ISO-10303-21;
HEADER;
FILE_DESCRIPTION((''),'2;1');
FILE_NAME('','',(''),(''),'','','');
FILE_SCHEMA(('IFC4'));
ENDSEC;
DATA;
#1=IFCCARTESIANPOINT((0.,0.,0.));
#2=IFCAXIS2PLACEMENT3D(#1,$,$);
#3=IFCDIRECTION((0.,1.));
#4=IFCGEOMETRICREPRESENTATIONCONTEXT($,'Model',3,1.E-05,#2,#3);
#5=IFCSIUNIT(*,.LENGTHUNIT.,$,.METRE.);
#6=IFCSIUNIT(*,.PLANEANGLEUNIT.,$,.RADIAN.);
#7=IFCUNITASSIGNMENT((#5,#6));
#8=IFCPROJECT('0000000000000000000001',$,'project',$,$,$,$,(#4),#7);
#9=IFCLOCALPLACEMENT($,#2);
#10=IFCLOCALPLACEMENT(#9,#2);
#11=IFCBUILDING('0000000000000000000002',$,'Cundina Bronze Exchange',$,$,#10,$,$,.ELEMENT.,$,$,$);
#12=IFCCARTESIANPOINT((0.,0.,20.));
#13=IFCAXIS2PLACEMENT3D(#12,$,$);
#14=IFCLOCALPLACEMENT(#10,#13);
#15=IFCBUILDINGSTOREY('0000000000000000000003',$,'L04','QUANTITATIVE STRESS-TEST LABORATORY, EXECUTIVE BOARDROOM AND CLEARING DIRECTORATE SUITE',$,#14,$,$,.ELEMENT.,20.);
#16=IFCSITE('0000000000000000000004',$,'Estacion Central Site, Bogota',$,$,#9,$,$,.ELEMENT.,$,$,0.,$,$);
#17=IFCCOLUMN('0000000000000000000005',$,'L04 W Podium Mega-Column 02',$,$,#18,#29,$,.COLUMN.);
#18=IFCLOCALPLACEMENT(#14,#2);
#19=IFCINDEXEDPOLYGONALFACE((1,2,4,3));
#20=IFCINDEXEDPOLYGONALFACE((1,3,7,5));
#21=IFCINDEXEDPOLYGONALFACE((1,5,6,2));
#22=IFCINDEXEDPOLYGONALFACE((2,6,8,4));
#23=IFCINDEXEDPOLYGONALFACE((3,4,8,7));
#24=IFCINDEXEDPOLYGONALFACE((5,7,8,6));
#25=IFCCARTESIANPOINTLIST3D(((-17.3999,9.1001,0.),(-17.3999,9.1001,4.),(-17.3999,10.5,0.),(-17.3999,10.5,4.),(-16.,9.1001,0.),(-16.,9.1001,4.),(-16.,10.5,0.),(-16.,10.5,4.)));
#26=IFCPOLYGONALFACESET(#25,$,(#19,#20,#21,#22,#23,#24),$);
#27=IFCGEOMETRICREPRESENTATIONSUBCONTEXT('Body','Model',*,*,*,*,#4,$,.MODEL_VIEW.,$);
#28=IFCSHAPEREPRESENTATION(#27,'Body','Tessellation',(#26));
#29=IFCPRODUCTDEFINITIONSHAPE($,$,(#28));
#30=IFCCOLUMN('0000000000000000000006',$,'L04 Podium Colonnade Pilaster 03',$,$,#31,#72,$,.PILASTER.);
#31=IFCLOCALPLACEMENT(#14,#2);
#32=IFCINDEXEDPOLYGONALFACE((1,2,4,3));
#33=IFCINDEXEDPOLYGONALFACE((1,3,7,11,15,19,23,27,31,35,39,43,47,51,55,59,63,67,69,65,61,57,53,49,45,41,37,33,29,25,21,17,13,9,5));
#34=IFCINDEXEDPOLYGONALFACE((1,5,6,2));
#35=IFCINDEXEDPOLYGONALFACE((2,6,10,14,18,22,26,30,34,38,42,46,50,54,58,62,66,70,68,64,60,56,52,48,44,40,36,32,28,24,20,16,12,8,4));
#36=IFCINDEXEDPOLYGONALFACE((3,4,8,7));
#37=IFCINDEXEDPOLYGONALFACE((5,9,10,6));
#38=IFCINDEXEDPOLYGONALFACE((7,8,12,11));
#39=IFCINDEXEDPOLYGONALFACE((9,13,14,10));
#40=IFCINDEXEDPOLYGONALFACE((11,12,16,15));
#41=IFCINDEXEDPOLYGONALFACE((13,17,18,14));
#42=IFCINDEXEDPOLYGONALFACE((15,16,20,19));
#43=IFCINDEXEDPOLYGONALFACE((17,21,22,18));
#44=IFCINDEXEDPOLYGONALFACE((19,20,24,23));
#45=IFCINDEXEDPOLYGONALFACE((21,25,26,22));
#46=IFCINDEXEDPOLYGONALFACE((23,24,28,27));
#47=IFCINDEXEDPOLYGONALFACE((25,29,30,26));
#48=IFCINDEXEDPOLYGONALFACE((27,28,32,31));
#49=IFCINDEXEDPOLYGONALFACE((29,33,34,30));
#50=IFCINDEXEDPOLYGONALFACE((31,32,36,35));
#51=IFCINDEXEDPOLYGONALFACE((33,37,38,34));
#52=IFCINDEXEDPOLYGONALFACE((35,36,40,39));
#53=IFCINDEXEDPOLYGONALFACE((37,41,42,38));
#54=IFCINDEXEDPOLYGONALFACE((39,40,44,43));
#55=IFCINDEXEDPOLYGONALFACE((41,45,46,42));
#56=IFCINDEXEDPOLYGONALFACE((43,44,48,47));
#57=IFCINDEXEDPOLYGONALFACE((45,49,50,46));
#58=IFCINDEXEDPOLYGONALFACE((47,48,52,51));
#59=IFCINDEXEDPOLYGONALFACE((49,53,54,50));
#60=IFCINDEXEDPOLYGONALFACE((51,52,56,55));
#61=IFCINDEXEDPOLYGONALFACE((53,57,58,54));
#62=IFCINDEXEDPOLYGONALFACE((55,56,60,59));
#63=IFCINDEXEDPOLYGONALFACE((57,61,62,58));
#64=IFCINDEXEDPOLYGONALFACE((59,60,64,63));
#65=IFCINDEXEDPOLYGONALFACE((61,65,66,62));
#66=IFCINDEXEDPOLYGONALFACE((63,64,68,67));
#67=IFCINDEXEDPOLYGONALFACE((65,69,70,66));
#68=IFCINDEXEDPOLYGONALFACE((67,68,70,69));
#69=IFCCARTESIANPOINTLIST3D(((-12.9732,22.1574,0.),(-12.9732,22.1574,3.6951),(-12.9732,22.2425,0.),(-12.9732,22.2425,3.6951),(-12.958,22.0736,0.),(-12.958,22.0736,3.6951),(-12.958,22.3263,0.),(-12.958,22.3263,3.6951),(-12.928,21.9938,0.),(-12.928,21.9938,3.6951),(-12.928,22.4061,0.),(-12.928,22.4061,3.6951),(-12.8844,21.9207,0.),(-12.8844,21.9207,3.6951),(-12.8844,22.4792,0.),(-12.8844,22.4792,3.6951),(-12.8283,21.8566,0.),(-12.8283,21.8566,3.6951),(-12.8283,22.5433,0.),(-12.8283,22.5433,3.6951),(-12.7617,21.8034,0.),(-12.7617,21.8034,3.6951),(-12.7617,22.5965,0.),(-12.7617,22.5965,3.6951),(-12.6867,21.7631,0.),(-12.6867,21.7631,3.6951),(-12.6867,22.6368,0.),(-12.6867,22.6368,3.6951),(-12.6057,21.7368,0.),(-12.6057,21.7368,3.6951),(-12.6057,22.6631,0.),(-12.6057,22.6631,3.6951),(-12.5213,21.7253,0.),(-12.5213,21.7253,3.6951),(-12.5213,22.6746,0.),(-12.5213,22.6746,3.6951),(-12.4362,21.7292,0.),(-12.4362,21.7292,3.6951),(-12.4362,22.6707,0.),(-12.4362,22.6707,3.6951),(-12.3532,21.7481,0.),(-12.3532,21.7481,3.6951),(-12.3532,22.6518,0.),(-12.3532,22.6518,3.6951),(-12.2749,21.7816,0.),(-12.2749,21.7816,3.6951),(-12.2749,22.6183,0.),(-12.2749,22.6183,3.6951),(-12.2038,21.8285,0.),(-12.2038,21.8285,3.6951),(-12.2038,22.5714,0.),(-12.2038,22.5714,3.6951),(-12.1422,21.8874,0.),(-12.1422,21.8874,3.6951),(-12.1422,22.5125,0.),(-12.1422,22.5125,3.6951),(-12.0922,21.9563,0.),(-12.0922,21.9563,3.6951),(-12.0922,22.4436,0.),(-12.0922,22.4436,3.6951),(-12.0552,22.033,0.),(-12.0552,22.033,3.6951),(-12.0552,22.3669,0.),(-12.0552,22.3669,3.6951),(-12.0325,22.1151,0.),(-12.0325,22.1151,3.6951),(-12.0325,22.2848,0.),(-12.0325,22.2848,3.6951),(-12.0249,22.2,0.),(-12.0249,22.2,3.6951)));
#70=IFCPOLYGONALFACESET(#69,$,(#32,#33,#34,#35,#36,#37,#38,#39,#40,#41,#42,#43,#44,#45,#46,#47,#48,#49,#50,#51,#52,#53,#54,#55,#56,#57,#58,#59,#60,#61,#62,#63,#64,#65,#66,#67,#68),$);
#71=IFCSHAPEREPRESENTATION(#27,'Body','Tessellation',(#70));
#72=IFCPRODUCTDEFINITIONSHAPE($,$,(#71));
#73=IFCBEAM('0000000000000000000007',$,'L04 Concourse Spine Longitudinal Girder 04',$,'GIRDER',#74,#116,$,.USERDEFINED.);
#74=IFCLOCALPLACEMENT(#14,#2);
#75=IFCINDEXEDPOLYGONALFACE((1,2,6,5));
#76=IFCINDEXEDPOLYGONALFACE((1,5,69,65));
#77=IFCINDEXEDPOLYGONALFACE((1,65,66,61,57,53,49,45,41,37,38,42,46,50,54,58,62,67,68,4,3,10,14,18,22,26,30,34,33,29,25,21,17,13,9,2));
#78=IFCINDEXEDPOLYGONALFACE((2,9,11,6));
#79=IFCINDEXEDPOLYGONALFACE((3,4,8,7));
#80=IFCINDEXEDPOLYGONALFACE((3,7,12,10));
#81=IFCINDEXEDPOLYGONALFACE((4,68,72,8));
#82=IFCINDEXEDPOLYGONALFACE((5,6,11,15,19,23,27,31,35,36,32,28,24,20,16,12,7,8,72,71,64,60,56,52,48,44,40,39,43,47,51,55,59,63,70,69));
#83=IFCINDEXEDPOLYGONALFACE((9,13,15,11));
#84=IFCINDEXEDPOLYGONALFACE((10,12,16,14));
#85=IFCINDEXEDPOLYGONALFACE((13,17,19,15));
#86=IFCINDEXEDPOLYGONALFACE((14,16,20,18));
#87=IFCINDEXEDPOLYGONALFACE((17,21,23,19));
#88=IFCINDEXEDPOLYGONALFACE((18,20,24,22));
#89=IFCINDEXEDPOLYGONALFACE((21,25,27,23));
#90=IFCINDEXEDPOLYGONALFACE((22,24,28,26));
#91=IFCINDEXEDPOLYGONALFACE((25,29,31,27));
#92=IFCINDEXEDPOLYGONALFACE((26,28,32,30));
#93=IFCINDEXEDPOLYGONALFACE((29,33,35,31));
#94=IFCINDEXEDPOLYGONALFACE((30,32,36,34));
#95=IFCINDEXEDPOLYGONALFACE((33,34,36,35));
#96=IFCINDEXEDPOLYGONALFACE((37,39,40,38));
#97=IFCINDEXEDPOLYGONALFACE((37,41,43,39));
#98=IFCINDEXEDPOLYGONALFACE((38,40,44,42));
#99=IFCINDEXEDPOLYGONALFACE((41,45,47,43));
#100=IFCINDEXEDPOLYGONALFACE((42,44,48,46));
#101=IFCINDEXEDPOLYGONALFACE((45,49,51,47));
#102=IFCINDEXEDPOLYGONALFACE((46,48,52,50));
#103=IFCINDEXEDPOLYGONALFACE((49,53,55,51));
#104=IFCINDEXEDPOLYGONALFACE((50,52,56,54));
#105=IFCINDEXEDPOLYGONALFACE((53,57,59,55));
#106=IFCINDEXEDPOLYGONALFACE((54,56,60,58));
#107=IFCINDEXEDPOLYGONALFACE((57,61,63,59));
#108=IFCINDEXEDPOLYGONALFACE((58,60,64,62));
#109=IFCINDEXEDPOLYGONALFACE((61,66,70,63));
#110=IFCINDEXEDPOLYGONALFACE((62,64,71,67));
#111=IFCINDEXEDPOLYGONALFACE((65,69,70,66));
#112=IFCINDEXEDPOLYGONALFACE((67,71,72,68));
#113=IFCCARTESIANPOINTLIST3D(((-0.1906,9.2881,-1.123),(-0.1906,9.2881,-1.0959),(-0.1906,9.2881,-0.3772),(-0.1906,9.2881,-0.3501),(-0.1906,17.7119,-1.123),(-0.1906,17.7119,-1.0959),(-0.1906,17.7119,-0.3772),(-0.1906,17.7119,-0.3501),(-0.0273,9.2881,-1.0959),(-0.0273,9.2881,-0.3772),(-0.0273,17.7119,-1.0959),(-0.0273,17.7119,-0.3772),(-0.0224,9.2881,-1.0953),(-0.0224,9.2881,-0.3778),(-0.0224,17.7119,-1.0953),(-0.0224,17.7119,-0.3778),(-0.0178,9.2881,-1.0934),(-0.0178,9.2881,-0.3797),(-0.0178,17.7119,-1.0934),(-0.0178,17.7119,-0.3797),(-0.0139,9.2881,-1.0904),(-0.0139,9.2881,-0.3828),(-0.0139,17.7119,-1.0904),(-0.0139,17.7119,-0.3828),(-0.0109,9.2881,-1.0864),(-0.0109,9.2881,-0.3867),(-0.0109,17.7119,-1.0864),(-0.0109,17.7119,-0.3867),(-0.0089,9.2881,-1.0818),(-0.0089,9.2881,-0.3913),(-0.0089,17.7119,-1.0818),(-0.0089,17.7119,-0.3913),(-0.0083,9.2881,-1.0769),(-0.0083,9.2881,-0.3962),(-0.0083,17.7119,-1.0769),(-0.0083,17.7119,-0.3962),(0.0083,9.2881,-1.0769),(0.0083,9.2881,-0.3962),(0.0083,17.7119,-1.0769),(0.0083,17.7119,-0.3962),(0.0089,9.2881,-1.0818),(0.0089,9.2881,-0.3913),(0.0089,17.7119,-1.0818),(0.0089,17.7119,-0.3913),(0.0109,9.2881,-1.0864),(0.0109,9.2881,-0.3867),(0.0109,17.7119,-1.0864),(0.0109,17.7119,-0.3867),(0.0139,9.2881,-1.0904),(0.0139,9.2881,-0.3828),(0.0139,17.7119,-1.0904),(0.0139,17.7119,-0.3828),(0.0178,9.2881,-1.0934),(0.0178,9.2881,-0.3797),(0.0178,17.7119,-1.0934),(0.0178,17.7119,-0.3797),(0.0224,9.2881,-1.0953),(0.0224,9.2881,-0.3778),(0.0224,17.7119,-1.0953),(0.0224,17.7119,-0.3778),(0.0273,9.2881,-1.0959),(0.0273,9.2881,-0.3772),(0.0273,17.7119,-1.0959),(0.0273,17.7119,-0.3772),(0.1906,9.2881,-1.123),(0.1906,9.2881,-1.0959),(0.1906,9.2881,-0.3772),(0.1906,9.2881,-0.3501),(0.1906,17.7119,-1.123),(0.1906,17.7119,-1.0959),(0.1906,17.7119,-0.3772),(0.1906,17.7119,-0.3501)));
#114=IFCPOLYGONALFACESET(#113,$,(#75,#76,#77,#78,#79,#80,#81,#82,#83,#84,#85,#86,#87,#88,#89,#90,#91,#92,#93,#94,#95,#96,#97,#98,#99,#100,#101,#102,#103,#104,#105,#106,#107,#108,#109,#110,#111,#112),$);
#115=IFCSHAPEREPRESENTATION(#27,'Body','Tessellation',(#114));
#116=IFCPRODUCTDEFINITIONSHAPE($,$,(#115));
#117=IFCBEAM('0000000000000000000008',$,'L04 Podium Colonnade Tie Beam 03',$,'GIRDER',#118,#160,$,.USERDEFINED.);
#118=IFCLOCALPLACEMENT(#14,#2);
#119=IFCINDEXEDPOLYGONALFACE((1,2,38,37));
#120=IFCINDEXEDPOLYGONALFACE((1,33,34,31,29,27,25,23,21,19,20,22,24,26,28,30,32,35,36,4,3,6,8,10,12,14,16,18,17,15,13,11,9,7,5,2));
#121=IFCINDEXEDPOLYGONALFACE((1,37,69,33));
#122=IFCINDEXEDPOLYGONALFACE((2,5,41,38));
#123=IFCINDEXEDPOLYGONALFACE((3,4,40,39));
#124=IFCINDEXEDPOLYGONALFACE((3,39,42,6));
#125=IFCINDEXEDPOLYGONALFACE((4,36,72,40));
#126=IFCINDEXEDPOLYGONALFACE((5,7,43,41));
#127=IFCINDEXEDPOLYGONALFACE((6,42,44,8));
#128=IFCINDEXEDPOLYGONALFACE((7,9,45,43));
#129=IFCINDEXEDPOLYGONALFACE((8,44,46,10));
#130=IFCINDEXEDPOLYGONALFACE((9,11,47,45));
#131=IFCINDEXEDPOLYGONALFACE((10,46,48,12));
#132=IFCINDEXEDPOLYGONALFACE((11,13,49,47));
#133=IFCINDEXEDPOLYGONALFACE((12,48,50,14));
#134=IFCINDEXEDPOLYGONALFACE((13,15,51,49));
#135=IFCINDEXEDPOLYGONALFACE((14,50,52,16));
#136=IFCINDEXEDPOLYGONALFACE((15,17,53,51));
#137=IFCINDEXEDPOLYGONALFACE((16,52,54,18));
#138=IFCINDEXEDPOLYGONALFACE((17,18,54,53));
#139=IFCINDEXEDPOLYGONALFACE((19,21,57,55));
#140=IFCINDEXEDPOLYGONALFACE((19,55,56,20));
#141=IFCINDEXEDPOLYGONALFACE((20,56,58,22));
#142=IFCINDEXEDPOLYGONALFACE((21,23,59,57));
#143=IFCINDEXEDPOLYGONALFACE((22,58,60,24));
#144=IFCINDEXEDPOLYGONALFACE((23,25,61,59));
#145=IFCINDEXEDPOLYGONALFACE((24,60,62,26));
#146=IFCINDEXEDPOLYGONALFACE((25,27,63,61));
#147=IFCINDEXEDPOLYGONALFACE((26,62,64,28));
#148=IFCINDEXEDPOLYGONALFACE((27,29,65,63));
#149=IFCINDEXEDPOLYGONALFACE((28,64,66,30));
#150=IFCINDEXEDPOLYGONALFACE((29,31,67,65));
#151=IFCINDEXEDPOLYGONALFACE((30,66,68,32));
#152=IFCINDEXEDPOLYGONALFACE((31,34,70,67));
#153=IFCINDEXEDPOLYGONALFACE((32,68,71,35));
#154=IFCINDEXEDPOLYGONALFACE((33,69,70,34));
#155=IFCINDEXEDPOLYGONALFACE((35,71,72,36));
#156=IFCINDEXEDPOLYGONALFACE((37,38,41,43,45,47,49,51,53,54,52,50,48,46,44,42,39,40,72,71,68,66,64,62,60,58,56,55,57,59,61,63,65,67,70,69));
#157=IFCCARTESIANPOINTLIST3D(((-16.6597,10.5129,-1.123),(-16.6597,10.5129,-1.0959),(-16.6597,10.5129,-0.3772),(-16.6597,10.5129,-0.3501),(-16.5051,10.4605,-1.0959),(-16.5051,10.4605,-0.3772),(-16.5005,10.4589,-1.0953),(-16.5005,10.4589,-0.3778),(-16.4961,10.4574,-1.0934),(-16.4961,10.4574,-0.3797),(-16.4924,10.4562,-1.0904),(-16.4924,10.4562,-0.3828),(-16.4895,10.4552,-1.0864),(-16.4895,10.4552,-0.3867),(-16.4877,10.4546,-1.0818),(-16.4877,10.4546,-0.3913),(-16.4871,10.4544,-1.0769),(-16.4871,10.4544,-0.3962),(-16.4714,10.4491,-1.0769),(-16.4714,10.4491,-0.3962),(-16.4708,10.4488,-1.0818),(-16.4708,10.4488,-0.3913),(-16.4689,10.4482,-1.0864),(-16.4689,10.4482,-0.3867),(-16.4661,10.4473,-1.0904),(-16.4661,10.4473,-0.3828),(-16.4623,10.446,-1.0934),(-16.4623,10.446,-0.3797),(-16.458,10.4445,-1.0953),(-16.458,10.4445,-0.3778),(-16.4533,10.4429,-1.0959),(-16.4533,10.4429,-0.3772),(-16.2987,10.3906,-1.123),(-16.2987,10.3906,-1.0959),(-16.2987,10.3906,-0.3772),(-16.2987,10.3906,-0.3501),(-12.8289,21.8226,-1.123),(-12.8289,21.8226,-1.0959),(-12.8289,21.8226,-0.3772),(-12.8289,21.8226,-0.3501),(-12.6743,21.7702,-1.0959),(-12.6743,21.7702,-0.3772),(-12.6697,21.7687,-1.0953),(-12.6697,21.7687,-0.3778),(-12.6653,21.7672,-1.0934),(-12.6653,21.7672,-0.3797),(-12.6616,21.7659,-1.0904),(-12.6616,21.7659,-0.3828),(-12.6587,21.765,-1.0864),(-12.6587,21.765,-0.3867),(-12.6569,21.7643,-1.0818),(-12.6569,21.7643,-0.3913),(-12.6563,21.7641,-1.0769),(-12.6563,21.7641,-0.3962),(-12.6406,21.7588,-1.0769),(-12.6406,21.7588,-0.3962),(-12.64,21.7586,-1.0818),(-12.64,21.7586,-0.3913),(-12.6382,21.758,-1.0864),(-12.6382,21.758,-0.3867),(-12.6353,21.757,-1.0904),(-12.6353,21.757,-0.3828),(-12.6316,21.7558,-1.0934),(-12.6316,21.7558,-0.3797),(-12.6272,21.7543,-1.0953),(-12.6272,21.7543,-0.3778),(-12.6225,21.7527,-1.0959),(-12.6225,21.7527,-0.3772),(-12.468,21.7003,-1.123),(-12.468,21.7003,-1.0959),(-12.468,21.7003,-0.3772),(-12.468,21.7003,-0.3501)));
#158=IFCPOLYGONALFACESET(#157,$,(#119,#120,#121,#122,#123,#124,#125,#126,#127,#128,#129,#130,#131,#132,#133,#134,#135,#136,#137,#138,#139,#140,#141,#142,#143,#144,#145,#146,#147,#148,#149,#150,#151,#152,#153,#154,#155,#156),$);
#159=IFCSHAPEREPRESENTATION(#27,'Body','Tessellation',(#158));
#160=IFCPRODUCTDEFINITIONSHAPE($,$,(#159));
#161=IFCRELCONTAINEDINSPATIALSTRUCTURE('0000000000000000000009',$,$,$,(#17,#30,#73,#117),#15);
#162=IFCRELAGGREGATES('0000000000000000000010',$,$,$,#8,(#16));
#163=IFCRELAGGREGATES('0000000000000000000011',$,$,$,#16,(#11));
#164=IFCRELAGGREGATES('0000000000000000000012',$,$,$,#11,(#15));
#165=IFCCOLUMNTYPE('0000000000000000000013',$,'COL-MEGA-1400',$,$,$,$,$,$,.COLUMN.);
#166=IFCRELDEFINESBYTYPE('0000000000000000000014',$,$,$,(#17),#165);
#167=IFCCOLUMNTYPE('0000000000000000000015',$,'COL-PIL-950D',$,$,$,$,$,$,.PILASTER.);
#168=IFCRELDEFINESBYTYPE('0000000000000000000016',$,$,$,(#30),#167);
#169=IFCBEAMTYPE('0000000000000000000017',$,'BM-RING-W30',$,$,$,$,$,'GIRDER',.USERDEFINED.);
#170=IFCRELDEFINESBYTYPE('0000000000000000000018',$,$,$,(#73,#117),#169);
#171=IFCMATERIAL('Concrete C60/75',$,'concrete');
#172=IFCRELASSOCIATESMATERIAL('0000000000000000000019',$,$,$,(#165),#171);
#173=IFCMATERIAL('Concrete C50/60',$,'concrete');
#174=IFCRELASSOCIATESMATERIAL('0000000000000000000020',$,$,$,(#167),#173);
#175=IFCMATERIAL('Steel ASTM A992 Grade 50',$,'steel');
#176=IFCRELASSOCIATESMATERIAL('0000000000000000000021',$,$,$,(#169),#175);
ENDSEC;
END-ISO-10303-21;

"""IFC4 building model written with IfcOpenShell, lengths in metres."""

from ifc_helpers import new_model, si_unit, direction, frame, origin, origin_2d, place, context, subcontext, project, spatial, rectangle, circle, i_section, extrude, material, material_profile, profile_set, type_object, element, save


model = new_model("IFC4")

# Units and contexts
model_context = context("Model", 3, precision=1e-05, world=origin(), true_north=direction((0.0, 1.0)))
body_context = subcontext(model_context, "Body", "Model", "MODEL_VIEW")
ifc_project = project(units=[si_unit("LENGTHUNIT", "METRE"), si_unit("PLANEANGLEUNIT", "RADIAN")], contexts=[model_context])

# Site, building, storey
site_placement = place(None, origin())
site = spatial("IfcSite", under=ifc_project, at=site_placement, Name="Estacion Central Site, Bogota", CompositionType="ELEMENT", RefElevation=0.0)
building_placement = place(site_placement, origin())
building = spatial("IfcBuilding", under=site, at=building_placement, Name="Cundina Bronze Exchange", CompositionType="ELEMENT")
storey_placement = place(building_placement, frame((0.0, 0.0, 20.0)))
storey = spatial("IfcBuildingStorey", under=building, at=storey_placement, Name="L04", Description="QUANTITATIVE STRESS-TEST LABORATORY, EXECUTIVE BOARDROOM AND CLEARING DIRECTORATE SUITE", CompositionType="ELEMENT", Elevation=20.0)

# Columns
ifc_material_1 = material(Name="Concrete C60/75", Category="concrete")
ifc_material_profile_1 = material_profile(ifc_material_1, rectangle(XDim=1.3999, YDim=1.3999, at=origin_2d()), Name="RC1400X1400", Category="concrete")
ifc_profile_set_1 = profile_set([ifc_material_profile_1], Name="Concrete C60/75")
column_type_1 = type_object("IfcColumnType", Name="COL-MEGA-1400", PredefinedType="COLUMN", material=ifc_profile_set_1)
column_1_placement = place(storey_placement, frame((-16.7, 9.8, 0.0), z_axis=(0.0, 0.0, 1.0), x_axis=(1.0, 0.0, 0.0)))
element("IfcColumn", 1, at=column_1_placement, inside=storey, type_object=column_type_1, Name="L04 W Podium Mega-Column 02", PredefinedType="COLUMN", context=body_context, shape_type="SweptSolid", body=[
    extrude(rectangle(XDim=1.3999, YDim=1.3999, at=origin_2d()), origin(), (0.0, 0.0, 1.0), 4.0),
])
ifc_material_2 = material(Name="Concrete C50/60", Category="concrete")
ifc_material_profile_2 = material_profile(ifc_material_2, circle(Radius=0.4751, at=origin_2d()), Name="RC950D", Category="concrete")
ifc_profile_set_2 = profile_set([ifc_material_profile_2], Name="Concrete C50/60")
column_type_2 = type_object("IfcColumnType", Name="COL-PIL-950D", PredefinedType="PILASTER", material=ifc_profile_set_2)
column_2_placement = place(storey_placement, frame((-12.5, 22.2, 0.0), z_axis=(0.0, 0.0, 1.0), x_axis=(1.0, 0.0, 0.0)))
element("IfcColumn", 2, at=column_2_placement, inside=storey, type_object=column_type_2, Name="L04 Podium Colonnade Pilaster 03", PredefinedType="PILASTER", context=body_context, shape_type="SweptSolid", body=[
    extrude(circle(Radius=0.4751, at=origin_2d()), origin(), (0.0, 0.0, 1.0), 3.6951),
])

# Beams
ifc_material_3 = material(Name="Steel ASTM A992 Grade 50", Category="steel")
ifc_material_profile_3 = material_profile(ifc_material_3, i_section(OverallWidth=0.3811, OverallDepth=0.7729, WebThickness=0.0166, FlangeThickness=0.0271, FilletRadius=0.019, at=origin_2d()), Name="W30X173", Category="steel")
ifc_profile_set_3 = profile_set([ifc_material_profile_3], Name="Steel ASTM A992 Grade 50")
beam_type = type_object("IfcBeamType", Name="BM-RING-W30", ElementType="GIRDER", PredefinedType="USERDEFINED", material=ifc_profile_set_3)
beam_1_placement = place(storey_placement, frame((0.0, 9.2881, -0.7366), z_axis=(0.0, 1.0, 0.0), x_axis=(-1.0, 0.0, 0.0)))
element("IfcBeam", 3, at=beam_1_placement, inside=storey, type_object=beam_type, Name="L04 Concourse Spine Longitudinal Girder 04", ObjectType="GIRDER", PredefinedType="USERDEFINED", context=body_context, shape_type="SweptSolid", body=[
    extrude(i_section(OverallWidth=0.3811, OverallDepth=0.7729, WebThickness=0.0166, FlangeThickness=0.0271, FilletRadius=0.019, at=origin_2d()), origin(), (0.0, 0.0, 1.0), 8.4238),
])
beam_2_placement = place(storey_placement, frame((-12.6484, 21.7615, -0.7366), z_axis=(-0.320812, -0.947143, 0.0), x_axis=(0.947143, -0.320812, 0.0)))
element("IfcBeam", 4, at=beam_2_placement, inside=storey, type_object=beam_type, Name="L04 Podium Colonnade Tie Beam 03", ObjectType="GIRDER", PredefinedType="USERDEFINED", context=body_context, shape_type="SweptSolid", body=[
    extrude(i_section(OverallWidth=0.3811, OverallDepth=0.7729, WebThickness=0.0166, FlangeThickness=0.0271, FilletRadius=0.019, at=origin_2d()), origin(), (0.0, 0.0, 1.0), 11.9409),
])

save(model, "model.ifc")
